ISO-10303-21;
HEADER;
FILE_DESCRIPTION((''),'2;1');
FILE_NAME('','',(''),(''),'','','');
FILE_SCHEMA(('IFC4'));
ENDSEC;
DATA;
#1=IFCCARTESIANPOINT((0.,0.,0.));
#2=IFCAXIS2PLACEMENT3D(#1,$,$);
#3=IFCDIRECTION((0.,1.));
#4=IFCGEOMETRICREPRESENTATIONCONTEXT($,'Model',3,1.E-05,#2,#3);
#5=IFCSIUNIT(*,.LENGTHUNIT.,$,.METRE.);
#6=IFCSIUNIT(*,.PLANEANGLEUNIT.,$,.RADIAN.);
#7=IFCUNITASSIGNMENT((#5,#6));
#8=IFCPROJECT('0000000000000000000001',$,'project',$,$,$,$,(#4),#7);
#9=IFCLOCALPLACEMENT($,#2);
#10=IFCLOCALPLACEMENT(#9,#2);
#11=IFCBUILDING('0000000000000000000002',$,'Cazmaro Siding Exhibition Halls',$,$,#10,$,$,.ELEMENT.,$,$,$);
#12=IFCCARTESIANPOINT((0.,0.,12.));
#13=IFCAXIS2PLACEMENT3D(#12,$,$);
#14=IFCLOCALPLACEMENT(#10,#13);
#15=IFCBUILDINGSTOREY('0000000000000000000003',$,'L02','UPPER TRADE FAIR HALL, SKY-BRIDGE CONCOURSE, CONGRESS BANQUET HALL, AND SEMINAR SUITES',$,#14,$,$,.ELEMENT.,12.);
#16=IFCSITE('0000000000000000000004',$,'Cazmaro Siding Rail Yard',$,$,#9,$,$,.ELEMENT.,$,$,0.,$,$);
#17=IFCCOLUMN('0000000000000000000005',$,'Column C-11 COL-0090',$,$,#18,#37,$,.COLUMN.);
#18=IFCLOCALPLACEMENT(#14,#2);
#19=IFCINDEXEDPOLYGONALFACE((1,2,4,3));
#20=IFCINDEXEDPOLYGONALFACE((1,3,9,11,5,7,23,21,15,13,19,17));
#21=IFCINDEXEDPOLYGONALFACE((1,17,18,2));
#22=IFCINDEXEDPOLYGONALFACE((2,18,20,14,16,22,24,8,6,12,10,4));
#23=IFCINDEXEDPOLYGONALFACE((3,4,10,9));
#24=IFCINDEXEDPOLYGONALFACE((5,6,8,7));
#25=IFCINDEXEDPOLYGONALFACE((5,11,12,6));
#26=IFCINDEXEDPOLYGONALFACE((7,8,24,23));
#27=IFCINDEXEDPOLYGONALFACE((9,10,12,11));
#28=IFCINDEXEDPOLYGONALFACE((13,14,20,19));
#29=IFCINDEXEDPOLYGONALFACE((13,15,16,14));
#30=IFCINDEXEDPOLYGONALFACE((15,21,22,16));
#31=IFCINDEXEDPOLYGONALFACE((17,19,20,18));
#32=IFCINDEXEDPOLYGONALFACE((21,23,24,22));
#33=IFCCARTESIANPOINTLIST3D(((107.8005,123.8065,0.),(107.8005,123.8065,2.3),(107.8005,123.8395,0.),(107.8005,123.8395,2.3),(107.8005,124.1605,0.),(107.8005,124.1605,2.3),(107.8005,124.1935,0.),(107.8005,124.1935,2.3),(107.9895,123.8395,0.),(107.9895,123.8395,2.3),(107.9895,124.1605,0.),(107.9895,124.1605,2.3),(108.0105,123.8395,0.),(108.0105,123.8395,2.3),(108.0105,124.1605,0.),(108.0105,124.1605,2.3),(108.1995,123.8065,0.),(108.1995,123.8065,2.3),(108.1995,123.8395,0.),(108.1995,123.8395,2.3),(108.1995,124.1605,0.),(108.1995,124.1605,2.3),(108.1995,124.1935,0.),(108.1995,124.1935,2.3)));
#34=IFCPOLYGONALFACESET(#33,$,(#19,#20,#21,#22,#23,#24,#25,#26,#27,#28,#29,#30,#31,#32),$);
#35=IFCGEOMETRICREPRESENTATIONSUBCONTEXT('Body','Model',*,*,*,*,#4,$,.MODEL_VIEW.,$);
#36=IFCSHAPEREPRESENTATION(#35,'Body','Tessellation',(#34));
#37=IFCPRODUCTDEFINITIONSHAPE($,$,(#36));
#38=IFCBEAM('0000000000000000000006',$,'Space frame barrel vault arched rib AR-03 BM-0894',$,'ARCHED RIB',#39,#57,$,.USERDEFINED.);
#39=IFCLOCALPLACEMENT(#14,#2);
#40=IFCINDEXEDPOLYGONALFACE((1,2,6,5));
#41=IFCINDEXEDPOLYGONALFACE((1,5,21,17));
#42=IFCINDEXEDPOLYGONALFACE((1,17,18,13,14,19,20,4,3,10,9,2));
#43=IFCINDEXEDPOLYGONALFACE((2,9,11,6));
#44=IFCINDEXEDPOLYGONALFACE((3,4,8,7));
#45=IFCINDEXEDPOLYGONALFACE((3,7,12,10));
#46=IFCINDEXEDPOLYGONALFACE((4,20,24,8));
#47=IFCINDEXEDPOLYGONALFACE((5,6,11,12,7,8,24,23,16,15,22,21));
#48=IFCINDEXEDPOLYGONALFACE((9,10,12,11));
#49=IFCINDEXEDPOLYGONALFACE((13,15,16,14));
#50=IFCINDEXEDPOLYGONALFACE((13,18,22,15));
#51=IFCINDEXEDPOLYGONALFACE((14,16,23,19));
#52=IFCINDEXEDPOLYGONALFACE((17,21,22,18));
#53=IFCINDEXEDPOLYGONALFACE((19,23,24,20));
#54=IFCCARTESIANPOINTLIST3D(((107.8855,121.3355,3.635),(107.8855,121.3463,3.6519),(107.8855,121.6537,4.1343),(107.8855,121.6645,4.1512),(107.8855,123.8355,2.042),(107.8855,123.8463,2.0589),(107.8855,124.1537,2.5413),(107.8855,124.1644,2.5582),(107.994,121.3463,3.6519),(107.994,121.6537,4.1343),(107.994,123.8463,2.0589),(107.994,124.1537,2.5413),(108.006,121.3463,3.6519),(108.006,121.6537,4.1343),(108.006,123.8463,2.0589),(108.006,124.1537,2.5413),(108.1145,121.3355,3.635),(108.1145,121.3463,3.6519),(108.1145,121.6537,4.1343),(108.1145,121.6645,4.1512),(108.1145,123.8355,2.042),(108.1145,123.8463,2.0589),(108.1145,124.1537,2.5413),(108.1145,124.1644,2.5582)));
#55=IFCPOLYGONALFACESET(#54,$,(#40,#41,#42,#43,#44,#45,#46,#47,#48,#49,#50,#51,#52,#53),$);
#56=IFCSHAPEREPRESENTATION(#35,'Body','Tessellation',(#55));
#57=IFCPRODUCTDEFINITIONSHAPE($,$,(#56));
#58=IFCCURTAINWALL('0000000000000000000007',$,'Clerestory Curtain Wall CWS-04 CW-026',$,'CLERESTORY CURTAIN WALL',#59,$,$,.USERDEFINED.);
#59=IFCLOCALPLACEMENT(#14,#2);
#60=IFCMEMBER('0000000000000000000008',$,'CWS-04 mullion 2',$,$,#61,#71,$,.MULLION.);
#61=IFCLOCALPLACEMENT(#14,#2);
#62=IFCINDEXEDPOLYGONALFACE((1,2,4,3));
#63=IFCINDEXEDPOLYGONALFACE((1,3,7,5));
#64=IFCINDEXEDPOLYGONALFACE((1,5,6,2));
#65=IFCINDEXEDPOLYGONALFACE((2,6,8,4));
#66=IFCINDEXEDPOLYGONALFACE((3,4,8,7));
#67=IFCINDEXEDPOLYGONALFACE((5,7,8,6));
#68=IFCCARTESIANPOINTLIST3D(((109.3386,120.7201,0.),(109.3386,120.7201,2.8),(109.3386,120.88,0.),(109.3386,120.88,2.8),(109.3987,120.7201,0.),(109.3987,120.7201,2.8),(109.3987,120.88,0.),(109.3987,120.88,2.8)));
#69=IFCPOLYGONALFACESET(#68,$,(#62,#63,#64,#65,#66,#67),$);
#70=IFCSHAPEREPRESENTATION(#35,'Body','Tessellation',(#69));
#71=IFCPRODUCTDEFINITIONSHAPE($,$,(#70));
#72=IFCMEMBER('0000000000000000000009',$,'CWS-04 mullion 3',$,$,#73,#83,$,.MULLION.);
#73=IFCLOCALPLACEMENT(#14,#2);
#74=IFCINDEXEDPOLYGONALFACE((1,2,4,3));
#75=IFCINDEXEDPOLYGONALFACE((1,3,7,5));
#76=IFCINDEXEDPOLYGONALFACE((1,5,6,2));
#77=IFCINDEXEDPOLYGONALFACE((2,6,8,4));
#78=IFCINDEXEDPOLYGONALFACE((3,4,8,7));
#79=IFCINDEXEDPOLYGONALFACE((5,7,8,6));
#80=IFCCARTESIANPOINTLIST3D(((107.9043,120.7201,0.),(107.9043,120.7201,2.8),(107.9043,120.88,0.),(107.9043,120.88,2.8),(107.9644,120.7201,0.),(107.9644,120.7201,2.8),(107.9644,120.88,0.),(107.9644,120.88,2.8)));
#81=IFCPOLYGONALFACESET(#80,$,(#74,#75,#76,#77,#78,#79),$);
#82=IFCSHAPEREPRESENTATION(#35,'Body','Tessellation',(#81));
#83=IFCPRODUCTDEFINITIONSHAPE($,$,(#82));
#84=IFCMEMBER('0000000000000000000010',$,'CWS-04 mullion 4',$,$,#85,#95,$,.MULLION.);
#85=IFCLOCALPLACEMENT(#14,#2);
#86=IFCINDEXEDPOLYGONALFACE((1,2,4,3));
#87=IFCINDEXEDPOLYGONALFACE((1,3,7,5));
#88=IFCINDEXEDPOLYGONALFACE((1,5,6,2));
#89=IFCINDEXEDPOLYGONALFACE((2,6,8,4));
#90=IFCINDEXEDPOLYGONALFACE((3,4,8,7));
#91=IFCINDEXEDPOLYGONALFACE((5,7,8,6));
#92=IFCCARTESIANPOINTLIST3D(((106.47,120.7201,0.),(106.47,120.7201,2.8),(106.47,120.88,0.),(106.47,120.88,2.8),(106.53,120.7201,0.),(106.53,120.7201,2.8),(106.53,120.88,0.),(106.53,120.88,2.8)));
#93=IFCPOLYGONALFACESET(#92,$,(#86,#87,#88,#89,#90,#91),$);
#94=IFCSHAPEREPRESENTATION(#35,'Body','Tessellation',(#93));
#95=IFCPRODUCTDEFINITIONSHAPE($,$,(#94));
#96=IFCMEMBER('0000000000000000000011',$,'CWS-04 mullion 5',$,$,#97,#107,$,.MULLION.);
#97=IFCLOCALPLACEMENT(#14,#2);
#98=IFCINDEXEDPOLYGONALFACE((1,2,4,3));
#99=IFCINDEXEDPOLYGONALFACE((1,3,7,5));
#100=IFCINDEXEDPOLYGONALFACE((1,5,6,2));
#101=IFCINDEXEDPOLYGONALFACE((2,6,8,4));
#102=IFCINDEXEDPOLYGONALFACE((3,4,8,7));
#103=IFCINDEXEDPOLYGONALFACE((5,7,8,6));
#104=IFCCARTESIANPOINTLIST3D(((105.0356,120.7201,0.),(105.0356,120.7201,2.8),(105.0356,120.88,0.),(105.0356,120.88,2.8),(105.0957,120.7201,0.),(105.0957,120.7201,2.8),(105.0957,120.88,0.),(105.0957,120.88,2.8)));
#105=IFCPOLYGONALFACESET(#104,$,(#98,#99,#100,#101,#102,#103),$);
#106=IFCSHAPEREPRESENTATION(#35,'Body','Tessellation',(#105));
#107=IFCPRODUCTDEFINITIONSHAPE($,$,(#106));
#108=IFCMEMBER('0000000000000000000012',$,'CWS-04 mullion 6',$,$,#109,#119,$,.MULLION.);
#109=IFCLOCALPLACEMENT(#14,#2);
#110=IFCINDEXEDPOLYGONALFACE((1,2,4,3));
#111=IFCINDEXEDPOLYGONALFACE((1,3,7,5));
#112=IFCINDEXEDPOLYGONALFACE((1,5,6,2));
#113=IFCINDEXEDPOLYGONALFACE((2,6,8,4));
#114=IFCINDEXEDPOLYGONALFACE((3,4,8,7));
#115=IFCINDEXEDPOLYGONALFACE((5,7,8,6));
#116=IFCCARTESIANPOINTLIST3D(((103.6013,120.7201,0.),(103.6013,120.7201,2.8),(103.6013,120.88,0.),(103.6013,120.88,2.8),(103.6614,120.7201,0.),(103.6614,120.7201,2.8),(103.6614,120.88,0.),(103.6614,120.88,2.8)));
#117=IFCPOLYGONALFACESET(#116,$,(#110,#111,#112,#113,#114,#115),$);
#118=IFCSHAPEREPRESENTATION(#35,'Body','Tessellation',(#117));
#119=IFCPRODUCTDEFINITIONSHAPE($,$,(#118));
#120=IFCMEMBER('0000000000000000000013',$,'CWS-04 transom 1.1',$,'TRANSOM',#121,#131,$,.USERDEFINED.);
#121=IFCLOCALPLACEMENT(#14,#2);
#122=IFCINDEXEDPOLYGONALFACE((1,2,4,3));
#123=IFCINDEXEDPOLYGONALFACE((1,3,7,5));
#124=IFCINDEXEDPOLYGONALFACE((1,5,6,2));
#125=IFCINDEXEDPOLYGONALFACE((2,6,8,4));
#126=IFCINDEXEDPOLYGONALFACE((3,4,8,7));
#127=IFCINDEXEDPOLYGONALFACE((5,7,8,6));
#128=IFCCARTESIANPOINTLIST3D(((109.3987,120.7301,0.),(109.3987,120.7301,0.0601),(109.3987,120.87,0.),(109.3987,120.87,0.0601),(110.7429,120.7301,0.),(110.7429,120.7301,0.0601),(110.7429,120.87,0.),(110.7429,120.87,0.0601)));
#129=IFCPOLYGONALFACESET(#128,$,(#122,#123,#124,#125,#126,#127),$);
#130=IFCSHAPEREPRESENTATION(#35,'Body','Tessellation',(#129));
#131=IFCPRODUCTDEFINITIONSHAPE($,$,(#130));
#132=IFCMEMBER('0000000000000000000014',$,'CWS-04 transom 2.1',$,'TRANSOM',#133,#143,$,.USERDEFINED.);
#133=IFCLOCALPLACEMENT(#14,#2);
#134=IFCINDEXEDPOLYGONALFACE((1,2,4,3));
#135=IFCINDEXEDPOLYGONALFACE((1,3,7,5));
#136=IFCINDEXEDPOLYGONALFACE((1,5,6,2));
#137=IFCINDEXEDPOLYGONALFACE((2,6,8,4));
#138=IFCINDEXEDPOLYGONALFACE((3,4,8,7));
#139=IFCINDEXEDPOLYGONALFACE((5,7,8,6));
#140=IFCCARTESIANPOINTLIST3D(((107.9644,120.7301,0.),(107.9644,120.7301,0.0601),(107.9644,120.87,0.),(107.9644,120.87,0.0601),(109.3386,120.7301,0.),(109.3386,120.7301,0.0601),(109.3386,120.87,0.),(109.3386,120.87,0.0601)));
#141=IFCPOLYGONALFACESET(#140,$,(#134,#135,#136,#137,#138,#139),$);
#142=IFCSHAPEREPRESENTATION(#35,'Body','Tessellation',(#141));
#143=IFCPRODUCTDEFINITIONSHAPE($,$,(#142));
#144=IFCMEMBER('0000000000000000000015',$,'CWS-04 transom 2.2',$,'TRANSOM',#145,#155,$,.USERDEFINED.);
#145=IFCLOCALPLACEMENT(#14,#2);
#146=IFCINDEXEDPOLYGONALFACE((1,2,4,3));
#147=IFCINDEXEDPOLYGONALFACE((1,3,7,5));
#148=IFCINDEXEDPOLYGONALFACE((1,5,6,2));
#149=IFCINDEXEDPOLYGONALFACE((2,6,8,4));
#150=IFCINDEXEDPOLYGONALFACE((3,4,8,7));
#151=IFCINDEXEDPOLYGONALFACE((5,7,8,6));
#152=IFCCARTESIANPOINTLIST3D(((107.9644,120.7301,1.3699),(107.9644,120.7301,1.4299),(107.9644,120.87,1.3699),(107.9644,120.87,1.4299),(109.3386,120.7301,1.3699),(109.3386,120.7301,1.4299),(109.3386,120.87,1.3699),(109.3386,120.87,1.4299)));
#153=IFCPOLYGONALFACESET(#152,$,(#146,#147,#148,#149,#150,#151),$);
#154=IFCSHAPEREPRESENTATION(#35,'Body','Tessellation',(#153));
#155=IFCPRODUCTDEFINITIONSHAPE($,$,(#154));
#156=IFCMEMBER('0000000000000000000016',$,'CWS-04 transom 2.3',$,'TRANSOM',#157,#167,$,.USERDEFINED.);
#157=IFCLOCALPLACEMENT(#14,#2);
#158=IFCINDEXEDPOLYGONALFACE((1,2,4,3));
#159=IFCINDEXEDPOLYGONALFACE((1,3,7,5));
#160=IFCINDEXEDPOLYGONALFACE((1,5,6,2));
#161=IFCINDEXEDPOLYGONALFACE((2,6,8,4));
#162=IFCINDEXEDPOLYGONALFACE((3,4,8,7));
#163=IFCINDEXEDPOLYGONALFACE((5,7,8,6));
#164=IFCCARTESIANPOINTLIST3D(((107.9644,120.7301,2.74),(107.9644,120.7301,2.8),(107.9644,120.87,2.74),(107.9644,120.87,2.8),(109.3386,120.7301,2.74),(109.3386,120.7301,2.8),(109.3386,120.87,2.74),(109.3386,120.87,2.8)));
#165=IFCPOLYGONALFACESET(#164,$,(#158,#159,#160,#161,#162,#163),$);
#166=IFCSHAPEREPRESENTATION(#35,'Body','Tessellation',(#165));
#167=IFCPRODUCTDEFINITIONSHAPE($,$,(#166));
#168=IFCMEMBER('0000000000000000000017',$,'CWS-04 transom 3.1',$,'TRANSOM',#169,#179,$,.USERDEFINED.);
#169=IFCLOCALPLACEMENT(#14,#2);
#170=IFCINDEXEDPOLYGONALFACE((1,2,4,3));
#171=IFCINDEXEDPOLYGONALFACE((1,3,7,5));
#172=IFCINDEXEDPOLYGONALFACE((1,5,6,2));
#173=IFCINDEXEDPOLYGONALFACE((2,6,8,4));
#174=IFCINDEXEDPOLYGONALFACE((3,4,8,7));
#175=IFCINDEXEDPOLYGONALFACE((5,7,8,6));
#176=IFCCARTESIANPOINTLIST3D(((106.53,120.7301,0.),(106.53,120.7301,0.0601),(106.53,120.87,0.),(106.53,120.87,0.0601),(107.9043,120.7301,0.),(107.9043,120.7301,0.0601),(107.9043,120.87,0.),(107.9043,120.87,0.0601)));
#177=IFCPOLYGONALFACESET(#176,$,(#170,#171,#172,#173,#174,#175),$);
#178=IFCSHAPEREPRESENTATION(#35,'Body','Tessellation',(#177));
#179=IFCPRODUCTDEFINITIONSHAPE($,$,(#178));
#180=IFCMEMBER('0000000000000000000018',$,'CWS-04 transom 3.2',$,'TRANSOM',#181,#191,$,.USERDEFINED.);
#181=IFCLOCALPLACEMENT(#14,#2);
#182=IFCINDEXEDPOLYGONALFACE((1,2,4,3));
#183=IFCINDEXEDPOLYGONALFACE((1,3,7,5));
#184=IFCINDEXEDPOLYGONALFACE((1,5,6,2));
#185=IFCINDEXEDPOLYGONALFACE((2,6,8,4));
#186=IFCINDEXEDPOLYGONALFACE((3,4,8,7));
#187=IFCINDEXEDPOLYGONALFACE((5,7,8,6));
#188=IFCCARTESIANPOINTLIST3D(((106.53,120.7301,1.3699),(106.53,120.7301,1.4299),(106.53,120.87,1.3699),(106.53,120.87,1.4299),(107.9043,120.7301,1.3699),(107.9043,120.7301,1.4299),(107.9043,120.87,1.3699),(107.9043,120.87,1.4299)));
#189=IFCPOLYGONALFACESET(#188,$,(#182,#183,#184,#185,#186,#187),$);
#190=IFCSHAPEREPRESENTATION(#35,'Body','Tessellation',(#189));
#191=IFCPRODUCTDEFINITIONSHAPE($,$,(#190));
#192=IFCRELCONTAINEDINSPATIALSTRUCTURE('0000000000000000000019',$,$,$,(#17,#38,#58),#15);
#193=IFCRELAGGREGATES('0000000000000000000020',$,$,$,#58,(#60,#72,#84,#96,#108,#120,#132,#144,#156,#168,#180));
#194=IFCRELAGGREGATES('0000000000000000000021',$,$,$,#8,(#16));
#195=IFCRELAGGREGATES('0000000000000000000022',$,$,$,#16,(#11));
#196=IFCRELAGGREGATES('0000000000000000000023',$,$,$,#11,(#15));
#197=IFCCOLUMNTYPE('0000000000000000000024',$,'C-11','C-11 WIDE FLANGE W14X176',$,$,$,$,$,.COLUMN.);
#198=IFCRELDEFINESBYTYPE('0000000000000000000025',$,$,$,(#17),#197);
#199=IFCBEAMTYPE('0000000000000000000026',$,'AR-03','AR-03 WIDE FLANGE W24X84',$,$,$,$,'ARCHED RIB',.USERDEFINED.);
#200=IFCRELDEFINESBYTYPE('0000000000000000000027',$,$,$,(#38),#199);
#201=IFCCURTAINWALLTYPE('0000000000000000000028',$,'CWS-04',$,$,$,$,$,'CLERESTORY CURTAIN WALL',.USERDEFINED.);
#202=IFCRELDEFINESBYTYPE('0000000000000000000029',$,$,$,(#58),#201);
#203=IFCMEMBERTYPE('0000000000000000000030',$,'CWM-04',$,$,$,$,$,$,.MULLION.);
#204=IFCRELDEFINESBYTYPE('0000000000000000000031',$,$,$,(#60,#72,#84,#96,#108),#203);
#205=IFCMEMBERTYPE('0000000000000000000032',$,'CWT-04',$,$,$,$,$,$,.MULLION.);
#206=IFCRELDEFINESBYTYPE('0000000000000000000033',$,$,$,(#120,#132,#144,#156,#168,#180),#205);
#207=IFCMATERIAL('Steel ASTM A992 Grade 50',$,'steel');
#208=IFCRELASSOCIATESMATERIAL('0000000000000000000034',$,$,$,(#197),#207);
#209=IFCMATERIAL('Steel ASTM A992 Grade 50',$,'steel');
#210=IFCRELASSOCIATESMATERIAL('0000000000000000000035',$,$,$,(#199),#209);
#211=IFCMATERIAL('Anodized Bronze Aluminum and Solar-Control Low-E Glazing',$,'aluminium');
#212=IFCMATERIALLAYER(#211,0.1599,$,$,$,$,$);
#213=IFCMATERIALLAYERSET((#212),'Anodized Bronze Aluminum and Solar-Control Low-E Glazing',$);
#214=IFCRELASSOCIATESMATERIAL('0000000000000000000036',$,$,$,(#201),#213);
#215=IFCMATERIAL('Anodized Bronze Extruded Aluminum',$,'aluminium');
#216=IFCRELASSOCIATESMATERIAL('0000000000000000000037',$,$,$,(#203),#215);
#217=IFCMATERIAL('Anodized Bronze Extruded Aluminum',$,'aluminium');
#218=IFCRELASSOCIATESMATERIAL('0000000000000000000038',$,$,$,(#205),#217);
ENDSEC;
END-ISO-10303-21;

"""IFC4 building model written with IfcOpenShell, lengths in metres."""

from ifc_helpers import new_model, si_unit, direction, frame, origin, origin_2d, place, context, subcontext, project, spatial, rectangle, i_section, extrude, material, layer, layer_set, material_profile, profile_set, type_object, element, aggregate, save


model = new_model("IFC4")

# Units and contexts
model_context = context("Model", 3, precision=1e-05, world=origin(), true_north=direction((0.0, 1.0)))
body_context = subcontext(model_context, "Body", "Model", "MODEL_VIEW")
ifc_project = project(units=[si_unit("LENGTHUNIT", "METRE"), si_unit("PLANEANGLEUNIT", "RADIAN")], contexts=[model_context])

# Site, building, storey
site_placement = place(None, origin())
site = spatial("IfcSite", under=ifc_project, at=site_placement, Name="Cazmaro Siding Rail Yard", CompositionType="ELEMENT", RefElevation=0.0)
building_placement = place(site_placement, origin())
building = spatial("IfcBuilding", under=site, at=building_placement, Name="Cazmaro Siding Exhibition Halls", CompositionType="ELEMENT")
storey_placement = place(building_placement, frame((0.0, 0.0, 12.0)))
storey = spatial("IfcBuildingStorey", under=building, at=storey_placement, Name="L02", Description="UPPER TRADE FAIR HALL, SKY-BRIDGE CONCOURSE, CONGRESS BANQUET HALL, AND SEMINAR SUITES", CompositionType="ELEMENT", Elevation=12.0)

# Column
ifc_material_1 = material(Name="Steel ASTM A992 Grade 50", Category="steel")
ifc_material_profile_1 = material_profile(ifc_material_1, i_section(OverallWidth=0.3989, OverallDepth=0.387, WebThickness=0.021, FlangeThickness=0.033, at=origin_2d()), Name="W14X176")
ifc_profile_set_1 = profile_set([ifc_material_profile_1], Name="Steel ASTM A992 Grade 50")
column_type = type_object("IfcColumnType", Name="C-11", Description="C-11 WIDE FLANGE W14X176", PredefinedType="COLUMN", material=ifc_profile_set_1)
column_placement = place(storey_placement, frame((108.0, 124.0, 0.0), z_axis=(0.0, 0.0, 1.0), x_axis=(1.0, 0.0, 0.0)))
element("IfcColumn", 1, at=column_placement, inside=storey, type_object=column_type, Name="Column C-11 COL-0090", PredefinedType="COLUMN", context=body_context, shape_type="SweptSolid", body=[
    extrude(i_section(OverallWidth=0.3989, OverallDepth=0.387, WebThickness=0.021, FlangeThickness=0.033, at=origin_2d()), origin(), (0.0, 0.0, 1.0), 2.3),
])

# Beam
ifc_material_2 = material(Name="Steel ASTM A992 Grade 50", Category="steel")
ifc_material_profile_2 = material_profile(ifc_material_2, i_section(OverallWidth=0.229, OverallDepth=0.6121, WebThickness=0.012, FlangeThickness=0.02, at=origin_2d()), Name="W24X84")
ifc_profile_set_2 = profile_set([ifc_material_profile_2], Name="Steel ASTM A992 Grade 50")
beam_type_1 = type_object("IfcBeamType", Name="AR-03", Description="AR-03 WIDE FLANGE W24X84", ElementType="ARCHED RIB", PredefinedType="USERDEFINED", material=ifc_profile_set_2)
beam_1_placement = place(storey_placement, frame((108.0, 121.5, 3.8931), z_axis=(0.0, 0.843339, -0.537382), x_axis=(-1.0, 0.0, 0.0)))
element("IfcBeam", 2, at=beam_1_placement, inside=storey, type_object=beam_type_1, Name="Space frame barrel vault arched rib AR-03 BM-0894", ObjectType="ARCHED RIB", PredefinedType="USERDEFINED", context=body_context, shape_type="SweptSolid", body=[
    extrude(i_section(OverallWidth=0.229, OverallDepth=0.6121, WebThickness=0.012, FlangeThickness=0.02, at=origin_2d()), origin(), (0.0, 0.0, 1.0), 2.9644),
])

# Curtain wall, members
ifc_material_3 = material(Name="Anodized Bronze Aluminum and Solar-Control Low-E Glazing", Category="aluminium")
ifc_layer_1 = layer(ifc_material_3, 0.1599)
ifc_layer_set_1 = layer_set([ifc_layer_1], Name="Anodized Bronze Aluminum and Solar-Control Low-E Glazing")
curtain_wall_type = type_object("IfcCurtainWallType", Name="CWS-04", ElementType="CLERESTORY CURTAIN WALL", PredefinedType="USERDEFINED", material=ifc_layer_set_1)
curtain_wall_placement = place(storey_placement, origin())
curtain_wall = element("IfcCurtainWall", 3, at=curtain_wall_placement, inside=storey, type_object=curtain_wall_type, Name="Clerestory Curtain Wall CWS-04 CW-026", ObjectType="CLERESTORY CURTAIN WALL", PredefinedType="USERDEFINED")
ifc_material_4 = material(Name="Anodized Bronze Extruded Aluminum", Category="aluminium")
ifc_material_profile_3 = material_profile(ifc_material_4, rectangle(XDim=0.1599, YDim=0.0601, at=origin_2d()), Name="CWM-04")
ifc_profile_set_3 = profile_set([ifc_material_profile_3], Name="Anodized Bronze Extruded Aluminum")
member_type_1 = type_object("IfcMemberType", Name="CWM-04", PredefinedType="MULLION", material=ifc_profile_set_3)
member_1_placement = place(storey_placement, frame((109.3687, 120.8, 0.0), z_axis=(0.0, 0.0, 1.0), x_axis=(0.0, -1.0, 0.0)))
member_1 = element("IfcMember", 4, at=member_1_placement, type_object=member_type_1, Name="CWS-04 mullion 2", PredefinedType="MULLION", context=body_context, shape_type="SweptSolid", body=[
    extrude(rectangle(XDim=0.1599, YDim=0.0601, at=origin_2d()), origin(), (0.0, 0.0, 1.0), 2.8),
])
member_2_placement = place(storey_placement, frame((107.9343, 120.8, 0.0), z_axis=(0.0, 0.0, 1.0), x_axis=(0.0, -1.0, 0.0)))
member_2 = element("IfcMember", 5, at=member_2_placement, type_object=member_type_1, Name="CWS-04 mullion 3", PredefinedType="MULLION", context=body_context, shape_type="SweptSolid", body=[
    extrude(rectangle(XDim=0.1599, YDim=0.0601, at=origin_2d()), origin(), (0.0, 0.0, 1.0), 2.8),
])
member_3_placement = place(storey_placement, frame((106.5, 120.8, 0.0), z_axis=(0.0, 0.0, 1.0), x_axis=(0.0, -1.0, 0.0)))
member_3 = element("IfcMember", 6, at=member_3_placement, type_object=member_type_1, Name="CWS-04 mullion 4", PredefinedType="MULLION", context=body_context, shape_type="SweptSolid", body=[
    extrude(rectangle(XDim=0.1599, YDim=0.0601, at=origin_2d()), origin(), (0.0, 0.0, 1.0), 2.8),
])
member_4_placement = place(storey_placement, frame((105.0657, 120.8, 0.0), z_axis=(0.0, 0.0, 1.0), x_axis=(0.0, -1.0, 0.0)))
member_4 = element("IfcMember", 7, at=member_4_placement, type_object=member_type_1, Name="CWS-04 mullion 5", PredefinedType="MULLION", context=body_context, shape_type="SweptSolid", body=[
    extrude(rectangle(XDim=0.1599, YDim=0.0601, at=origin_2d()), origin(), (0.0, 0.0, 1.0), 2.8),
])
member_5_placement = place(storey_placement, frame((103.6313, 120.8, 0.0), z_axis=(0.0, 0.0, 1.0), x_axis=(0.0, -1.0, 0.0)))
member_5 = element("IfcMember", 8, at=member_5_placement, type_object=member_type_1, Name="CWS-04 mullion 6", PredefinedType="MULLION", context=body_context, shape_type="SweptSolid", body=[
    extrude(rectangle(XDim=0.1599, YDim=0.0601, at=origin_2d()), origin(), (0.0, 0.0, 1.0), 2.8),
])
ifc_material_5 = material(Name="Anodized Bronze Extruded Aluminum", Category="aluminium")
ifc_material_profile_4 = material_profile(ifc_material_5, rectangle(XDim=0.1399, YDim=0.0601, at=origin_2d()), Name="CWT-04")
ifc_profile_set_4 = profile_set([ifc_material_profile_4], Name="Anodized Bronze Extruded Aluminum")
member_type_2 = type_object("IfcMemberType", Name="CWT-04", PredefinedType="MULLION", material=ifc_profile_set_4)
member_6_placement = place(storey_placement, frame((110.7429, 120.8, 0.03), z_axis=(-1.0, 0.0, 0.0), x_axis=(0.0, -1.0, 0.0)))
member_6 = element("IfcMember", 9, at=member_6_placement, type_object=member_type_2, Name="CWS-04 transom 1.1", ObjectType="TRANSOM", PredefinedType="USERDEFINED", context=body_context, shape_type="SweptSolid", body=[
    extrude(rectangle(XDim=0.1399, YDim=0.0601, at=origin_2d()), origin(), (0.0, 0.0, 1.0), 1.3442),
])
member_7_placement = place(storey_placement, frame((109.3386, 120.8, 0.03), z_axis=(-1.0, 0.0, 0.0), x_axis=(0.0, -1.0, 0.0)))
member_7 = element("IfcMember", 10, at=member_7_placement, type_object=member_type_2, Name="CWS-04 transom 2.1", ObjectType="TRANSOM", PredefinedType="USERDEFINED", context=body_context, shape_type="SweptSolid", body=[
    extrude(rectangle(XDim=0.1399, YDim=0.0601, at=origin_2d()), origin(), (0.0, 0.0, 1.0), 1.3743),
])
member_8_placement = place(storey_placement, frame((109.3386, 120.8, 1.3999), z_axis=(-1.0, 0.0, 0.0), x_axis=(0.0, -1.0, 0.0)))
member_8 = element("IfcMember", 11, at=member_8_placement, type_object=member_type_2, Name="CWS-04 transom 2.2", ObjectType="TRANSOM", PredefinedType="USERDEFINED", context=body_context, shape_type="SweptSolid", body=[
    extrude(rectangle(XDim=0.1399, YDim=0.0601, at=origin_2d()), origin(), (0.0, 0.0, 1.0), 1.3743),
])
member_9_placement = place(storey_placement, frame((109.3386, 120.8, 2.77), z_axis=(-1.0, 0.0, 0.0), x_axis=(0.0, -1.0, 0.0)))
member_9 = element("IfcMember", 12, at=member_9_placement, type_object=member_type_2, Name="CWS-04 transom 2.3", ObjectType="TRANSOM", PredefinedType="USERDEFINED", context=body_context, shape_type="SweptSolid", body=[
    extrude(rectangle(XDim=0.1399, YDim=0.0601, at=origin_2d()), origin(), (0.0, 0.0, 1.0), 1.3743),
])
member_10_placement = place(storey_placement, frame((107.9043, 120.8, 0.03), z_axis=(-1.0, 0.0, 0.0), x_axis=(0.0, -1.0, 0.0)))
member_10 = element("IfcMember", 13, at=member_10_placement, type_object=member_type_2, Name="CWS-04 transom 3.1", ObjectType="TRANSOM", PredefinedType="USERDEFINED", context=body_context, shape_type="SweptSolid", body=[
    extrude(rectangle(XDim=0.1399, YDim=0.0601, at=origin_2d()), origin(), (0.0, 0.0, 1.0), 1.3743),
])
member_11_placement = place(storey_placement, frame((107.9043, 120.8, 1.3999), z_axis=(-1.0, 0.0, 0.0), x_axis=(0.0, -1.0, 0.0)))
member_11 = element("IfcMember", 14, at=member_11_placement, type_object=member_type_2, Name="CWS-04 transom 3.2", ObjectType="TRANSOM", PredefinedType="USERDEFINED", context=body_context, shape_type="SweptSolid", body=[
    extrude(rectangle(XDim=0.1399, YDim=0.0601, at=origin_2d()), origin(), (0.0, 0.0, 1.0), 1.3743),
])

aggregate(curtain_wall, [member_1, member_2, member_3, member_4, member_5, member_6, member_7, member_8, member_9, member_10, member_11])

save(model, "model.ifc")
